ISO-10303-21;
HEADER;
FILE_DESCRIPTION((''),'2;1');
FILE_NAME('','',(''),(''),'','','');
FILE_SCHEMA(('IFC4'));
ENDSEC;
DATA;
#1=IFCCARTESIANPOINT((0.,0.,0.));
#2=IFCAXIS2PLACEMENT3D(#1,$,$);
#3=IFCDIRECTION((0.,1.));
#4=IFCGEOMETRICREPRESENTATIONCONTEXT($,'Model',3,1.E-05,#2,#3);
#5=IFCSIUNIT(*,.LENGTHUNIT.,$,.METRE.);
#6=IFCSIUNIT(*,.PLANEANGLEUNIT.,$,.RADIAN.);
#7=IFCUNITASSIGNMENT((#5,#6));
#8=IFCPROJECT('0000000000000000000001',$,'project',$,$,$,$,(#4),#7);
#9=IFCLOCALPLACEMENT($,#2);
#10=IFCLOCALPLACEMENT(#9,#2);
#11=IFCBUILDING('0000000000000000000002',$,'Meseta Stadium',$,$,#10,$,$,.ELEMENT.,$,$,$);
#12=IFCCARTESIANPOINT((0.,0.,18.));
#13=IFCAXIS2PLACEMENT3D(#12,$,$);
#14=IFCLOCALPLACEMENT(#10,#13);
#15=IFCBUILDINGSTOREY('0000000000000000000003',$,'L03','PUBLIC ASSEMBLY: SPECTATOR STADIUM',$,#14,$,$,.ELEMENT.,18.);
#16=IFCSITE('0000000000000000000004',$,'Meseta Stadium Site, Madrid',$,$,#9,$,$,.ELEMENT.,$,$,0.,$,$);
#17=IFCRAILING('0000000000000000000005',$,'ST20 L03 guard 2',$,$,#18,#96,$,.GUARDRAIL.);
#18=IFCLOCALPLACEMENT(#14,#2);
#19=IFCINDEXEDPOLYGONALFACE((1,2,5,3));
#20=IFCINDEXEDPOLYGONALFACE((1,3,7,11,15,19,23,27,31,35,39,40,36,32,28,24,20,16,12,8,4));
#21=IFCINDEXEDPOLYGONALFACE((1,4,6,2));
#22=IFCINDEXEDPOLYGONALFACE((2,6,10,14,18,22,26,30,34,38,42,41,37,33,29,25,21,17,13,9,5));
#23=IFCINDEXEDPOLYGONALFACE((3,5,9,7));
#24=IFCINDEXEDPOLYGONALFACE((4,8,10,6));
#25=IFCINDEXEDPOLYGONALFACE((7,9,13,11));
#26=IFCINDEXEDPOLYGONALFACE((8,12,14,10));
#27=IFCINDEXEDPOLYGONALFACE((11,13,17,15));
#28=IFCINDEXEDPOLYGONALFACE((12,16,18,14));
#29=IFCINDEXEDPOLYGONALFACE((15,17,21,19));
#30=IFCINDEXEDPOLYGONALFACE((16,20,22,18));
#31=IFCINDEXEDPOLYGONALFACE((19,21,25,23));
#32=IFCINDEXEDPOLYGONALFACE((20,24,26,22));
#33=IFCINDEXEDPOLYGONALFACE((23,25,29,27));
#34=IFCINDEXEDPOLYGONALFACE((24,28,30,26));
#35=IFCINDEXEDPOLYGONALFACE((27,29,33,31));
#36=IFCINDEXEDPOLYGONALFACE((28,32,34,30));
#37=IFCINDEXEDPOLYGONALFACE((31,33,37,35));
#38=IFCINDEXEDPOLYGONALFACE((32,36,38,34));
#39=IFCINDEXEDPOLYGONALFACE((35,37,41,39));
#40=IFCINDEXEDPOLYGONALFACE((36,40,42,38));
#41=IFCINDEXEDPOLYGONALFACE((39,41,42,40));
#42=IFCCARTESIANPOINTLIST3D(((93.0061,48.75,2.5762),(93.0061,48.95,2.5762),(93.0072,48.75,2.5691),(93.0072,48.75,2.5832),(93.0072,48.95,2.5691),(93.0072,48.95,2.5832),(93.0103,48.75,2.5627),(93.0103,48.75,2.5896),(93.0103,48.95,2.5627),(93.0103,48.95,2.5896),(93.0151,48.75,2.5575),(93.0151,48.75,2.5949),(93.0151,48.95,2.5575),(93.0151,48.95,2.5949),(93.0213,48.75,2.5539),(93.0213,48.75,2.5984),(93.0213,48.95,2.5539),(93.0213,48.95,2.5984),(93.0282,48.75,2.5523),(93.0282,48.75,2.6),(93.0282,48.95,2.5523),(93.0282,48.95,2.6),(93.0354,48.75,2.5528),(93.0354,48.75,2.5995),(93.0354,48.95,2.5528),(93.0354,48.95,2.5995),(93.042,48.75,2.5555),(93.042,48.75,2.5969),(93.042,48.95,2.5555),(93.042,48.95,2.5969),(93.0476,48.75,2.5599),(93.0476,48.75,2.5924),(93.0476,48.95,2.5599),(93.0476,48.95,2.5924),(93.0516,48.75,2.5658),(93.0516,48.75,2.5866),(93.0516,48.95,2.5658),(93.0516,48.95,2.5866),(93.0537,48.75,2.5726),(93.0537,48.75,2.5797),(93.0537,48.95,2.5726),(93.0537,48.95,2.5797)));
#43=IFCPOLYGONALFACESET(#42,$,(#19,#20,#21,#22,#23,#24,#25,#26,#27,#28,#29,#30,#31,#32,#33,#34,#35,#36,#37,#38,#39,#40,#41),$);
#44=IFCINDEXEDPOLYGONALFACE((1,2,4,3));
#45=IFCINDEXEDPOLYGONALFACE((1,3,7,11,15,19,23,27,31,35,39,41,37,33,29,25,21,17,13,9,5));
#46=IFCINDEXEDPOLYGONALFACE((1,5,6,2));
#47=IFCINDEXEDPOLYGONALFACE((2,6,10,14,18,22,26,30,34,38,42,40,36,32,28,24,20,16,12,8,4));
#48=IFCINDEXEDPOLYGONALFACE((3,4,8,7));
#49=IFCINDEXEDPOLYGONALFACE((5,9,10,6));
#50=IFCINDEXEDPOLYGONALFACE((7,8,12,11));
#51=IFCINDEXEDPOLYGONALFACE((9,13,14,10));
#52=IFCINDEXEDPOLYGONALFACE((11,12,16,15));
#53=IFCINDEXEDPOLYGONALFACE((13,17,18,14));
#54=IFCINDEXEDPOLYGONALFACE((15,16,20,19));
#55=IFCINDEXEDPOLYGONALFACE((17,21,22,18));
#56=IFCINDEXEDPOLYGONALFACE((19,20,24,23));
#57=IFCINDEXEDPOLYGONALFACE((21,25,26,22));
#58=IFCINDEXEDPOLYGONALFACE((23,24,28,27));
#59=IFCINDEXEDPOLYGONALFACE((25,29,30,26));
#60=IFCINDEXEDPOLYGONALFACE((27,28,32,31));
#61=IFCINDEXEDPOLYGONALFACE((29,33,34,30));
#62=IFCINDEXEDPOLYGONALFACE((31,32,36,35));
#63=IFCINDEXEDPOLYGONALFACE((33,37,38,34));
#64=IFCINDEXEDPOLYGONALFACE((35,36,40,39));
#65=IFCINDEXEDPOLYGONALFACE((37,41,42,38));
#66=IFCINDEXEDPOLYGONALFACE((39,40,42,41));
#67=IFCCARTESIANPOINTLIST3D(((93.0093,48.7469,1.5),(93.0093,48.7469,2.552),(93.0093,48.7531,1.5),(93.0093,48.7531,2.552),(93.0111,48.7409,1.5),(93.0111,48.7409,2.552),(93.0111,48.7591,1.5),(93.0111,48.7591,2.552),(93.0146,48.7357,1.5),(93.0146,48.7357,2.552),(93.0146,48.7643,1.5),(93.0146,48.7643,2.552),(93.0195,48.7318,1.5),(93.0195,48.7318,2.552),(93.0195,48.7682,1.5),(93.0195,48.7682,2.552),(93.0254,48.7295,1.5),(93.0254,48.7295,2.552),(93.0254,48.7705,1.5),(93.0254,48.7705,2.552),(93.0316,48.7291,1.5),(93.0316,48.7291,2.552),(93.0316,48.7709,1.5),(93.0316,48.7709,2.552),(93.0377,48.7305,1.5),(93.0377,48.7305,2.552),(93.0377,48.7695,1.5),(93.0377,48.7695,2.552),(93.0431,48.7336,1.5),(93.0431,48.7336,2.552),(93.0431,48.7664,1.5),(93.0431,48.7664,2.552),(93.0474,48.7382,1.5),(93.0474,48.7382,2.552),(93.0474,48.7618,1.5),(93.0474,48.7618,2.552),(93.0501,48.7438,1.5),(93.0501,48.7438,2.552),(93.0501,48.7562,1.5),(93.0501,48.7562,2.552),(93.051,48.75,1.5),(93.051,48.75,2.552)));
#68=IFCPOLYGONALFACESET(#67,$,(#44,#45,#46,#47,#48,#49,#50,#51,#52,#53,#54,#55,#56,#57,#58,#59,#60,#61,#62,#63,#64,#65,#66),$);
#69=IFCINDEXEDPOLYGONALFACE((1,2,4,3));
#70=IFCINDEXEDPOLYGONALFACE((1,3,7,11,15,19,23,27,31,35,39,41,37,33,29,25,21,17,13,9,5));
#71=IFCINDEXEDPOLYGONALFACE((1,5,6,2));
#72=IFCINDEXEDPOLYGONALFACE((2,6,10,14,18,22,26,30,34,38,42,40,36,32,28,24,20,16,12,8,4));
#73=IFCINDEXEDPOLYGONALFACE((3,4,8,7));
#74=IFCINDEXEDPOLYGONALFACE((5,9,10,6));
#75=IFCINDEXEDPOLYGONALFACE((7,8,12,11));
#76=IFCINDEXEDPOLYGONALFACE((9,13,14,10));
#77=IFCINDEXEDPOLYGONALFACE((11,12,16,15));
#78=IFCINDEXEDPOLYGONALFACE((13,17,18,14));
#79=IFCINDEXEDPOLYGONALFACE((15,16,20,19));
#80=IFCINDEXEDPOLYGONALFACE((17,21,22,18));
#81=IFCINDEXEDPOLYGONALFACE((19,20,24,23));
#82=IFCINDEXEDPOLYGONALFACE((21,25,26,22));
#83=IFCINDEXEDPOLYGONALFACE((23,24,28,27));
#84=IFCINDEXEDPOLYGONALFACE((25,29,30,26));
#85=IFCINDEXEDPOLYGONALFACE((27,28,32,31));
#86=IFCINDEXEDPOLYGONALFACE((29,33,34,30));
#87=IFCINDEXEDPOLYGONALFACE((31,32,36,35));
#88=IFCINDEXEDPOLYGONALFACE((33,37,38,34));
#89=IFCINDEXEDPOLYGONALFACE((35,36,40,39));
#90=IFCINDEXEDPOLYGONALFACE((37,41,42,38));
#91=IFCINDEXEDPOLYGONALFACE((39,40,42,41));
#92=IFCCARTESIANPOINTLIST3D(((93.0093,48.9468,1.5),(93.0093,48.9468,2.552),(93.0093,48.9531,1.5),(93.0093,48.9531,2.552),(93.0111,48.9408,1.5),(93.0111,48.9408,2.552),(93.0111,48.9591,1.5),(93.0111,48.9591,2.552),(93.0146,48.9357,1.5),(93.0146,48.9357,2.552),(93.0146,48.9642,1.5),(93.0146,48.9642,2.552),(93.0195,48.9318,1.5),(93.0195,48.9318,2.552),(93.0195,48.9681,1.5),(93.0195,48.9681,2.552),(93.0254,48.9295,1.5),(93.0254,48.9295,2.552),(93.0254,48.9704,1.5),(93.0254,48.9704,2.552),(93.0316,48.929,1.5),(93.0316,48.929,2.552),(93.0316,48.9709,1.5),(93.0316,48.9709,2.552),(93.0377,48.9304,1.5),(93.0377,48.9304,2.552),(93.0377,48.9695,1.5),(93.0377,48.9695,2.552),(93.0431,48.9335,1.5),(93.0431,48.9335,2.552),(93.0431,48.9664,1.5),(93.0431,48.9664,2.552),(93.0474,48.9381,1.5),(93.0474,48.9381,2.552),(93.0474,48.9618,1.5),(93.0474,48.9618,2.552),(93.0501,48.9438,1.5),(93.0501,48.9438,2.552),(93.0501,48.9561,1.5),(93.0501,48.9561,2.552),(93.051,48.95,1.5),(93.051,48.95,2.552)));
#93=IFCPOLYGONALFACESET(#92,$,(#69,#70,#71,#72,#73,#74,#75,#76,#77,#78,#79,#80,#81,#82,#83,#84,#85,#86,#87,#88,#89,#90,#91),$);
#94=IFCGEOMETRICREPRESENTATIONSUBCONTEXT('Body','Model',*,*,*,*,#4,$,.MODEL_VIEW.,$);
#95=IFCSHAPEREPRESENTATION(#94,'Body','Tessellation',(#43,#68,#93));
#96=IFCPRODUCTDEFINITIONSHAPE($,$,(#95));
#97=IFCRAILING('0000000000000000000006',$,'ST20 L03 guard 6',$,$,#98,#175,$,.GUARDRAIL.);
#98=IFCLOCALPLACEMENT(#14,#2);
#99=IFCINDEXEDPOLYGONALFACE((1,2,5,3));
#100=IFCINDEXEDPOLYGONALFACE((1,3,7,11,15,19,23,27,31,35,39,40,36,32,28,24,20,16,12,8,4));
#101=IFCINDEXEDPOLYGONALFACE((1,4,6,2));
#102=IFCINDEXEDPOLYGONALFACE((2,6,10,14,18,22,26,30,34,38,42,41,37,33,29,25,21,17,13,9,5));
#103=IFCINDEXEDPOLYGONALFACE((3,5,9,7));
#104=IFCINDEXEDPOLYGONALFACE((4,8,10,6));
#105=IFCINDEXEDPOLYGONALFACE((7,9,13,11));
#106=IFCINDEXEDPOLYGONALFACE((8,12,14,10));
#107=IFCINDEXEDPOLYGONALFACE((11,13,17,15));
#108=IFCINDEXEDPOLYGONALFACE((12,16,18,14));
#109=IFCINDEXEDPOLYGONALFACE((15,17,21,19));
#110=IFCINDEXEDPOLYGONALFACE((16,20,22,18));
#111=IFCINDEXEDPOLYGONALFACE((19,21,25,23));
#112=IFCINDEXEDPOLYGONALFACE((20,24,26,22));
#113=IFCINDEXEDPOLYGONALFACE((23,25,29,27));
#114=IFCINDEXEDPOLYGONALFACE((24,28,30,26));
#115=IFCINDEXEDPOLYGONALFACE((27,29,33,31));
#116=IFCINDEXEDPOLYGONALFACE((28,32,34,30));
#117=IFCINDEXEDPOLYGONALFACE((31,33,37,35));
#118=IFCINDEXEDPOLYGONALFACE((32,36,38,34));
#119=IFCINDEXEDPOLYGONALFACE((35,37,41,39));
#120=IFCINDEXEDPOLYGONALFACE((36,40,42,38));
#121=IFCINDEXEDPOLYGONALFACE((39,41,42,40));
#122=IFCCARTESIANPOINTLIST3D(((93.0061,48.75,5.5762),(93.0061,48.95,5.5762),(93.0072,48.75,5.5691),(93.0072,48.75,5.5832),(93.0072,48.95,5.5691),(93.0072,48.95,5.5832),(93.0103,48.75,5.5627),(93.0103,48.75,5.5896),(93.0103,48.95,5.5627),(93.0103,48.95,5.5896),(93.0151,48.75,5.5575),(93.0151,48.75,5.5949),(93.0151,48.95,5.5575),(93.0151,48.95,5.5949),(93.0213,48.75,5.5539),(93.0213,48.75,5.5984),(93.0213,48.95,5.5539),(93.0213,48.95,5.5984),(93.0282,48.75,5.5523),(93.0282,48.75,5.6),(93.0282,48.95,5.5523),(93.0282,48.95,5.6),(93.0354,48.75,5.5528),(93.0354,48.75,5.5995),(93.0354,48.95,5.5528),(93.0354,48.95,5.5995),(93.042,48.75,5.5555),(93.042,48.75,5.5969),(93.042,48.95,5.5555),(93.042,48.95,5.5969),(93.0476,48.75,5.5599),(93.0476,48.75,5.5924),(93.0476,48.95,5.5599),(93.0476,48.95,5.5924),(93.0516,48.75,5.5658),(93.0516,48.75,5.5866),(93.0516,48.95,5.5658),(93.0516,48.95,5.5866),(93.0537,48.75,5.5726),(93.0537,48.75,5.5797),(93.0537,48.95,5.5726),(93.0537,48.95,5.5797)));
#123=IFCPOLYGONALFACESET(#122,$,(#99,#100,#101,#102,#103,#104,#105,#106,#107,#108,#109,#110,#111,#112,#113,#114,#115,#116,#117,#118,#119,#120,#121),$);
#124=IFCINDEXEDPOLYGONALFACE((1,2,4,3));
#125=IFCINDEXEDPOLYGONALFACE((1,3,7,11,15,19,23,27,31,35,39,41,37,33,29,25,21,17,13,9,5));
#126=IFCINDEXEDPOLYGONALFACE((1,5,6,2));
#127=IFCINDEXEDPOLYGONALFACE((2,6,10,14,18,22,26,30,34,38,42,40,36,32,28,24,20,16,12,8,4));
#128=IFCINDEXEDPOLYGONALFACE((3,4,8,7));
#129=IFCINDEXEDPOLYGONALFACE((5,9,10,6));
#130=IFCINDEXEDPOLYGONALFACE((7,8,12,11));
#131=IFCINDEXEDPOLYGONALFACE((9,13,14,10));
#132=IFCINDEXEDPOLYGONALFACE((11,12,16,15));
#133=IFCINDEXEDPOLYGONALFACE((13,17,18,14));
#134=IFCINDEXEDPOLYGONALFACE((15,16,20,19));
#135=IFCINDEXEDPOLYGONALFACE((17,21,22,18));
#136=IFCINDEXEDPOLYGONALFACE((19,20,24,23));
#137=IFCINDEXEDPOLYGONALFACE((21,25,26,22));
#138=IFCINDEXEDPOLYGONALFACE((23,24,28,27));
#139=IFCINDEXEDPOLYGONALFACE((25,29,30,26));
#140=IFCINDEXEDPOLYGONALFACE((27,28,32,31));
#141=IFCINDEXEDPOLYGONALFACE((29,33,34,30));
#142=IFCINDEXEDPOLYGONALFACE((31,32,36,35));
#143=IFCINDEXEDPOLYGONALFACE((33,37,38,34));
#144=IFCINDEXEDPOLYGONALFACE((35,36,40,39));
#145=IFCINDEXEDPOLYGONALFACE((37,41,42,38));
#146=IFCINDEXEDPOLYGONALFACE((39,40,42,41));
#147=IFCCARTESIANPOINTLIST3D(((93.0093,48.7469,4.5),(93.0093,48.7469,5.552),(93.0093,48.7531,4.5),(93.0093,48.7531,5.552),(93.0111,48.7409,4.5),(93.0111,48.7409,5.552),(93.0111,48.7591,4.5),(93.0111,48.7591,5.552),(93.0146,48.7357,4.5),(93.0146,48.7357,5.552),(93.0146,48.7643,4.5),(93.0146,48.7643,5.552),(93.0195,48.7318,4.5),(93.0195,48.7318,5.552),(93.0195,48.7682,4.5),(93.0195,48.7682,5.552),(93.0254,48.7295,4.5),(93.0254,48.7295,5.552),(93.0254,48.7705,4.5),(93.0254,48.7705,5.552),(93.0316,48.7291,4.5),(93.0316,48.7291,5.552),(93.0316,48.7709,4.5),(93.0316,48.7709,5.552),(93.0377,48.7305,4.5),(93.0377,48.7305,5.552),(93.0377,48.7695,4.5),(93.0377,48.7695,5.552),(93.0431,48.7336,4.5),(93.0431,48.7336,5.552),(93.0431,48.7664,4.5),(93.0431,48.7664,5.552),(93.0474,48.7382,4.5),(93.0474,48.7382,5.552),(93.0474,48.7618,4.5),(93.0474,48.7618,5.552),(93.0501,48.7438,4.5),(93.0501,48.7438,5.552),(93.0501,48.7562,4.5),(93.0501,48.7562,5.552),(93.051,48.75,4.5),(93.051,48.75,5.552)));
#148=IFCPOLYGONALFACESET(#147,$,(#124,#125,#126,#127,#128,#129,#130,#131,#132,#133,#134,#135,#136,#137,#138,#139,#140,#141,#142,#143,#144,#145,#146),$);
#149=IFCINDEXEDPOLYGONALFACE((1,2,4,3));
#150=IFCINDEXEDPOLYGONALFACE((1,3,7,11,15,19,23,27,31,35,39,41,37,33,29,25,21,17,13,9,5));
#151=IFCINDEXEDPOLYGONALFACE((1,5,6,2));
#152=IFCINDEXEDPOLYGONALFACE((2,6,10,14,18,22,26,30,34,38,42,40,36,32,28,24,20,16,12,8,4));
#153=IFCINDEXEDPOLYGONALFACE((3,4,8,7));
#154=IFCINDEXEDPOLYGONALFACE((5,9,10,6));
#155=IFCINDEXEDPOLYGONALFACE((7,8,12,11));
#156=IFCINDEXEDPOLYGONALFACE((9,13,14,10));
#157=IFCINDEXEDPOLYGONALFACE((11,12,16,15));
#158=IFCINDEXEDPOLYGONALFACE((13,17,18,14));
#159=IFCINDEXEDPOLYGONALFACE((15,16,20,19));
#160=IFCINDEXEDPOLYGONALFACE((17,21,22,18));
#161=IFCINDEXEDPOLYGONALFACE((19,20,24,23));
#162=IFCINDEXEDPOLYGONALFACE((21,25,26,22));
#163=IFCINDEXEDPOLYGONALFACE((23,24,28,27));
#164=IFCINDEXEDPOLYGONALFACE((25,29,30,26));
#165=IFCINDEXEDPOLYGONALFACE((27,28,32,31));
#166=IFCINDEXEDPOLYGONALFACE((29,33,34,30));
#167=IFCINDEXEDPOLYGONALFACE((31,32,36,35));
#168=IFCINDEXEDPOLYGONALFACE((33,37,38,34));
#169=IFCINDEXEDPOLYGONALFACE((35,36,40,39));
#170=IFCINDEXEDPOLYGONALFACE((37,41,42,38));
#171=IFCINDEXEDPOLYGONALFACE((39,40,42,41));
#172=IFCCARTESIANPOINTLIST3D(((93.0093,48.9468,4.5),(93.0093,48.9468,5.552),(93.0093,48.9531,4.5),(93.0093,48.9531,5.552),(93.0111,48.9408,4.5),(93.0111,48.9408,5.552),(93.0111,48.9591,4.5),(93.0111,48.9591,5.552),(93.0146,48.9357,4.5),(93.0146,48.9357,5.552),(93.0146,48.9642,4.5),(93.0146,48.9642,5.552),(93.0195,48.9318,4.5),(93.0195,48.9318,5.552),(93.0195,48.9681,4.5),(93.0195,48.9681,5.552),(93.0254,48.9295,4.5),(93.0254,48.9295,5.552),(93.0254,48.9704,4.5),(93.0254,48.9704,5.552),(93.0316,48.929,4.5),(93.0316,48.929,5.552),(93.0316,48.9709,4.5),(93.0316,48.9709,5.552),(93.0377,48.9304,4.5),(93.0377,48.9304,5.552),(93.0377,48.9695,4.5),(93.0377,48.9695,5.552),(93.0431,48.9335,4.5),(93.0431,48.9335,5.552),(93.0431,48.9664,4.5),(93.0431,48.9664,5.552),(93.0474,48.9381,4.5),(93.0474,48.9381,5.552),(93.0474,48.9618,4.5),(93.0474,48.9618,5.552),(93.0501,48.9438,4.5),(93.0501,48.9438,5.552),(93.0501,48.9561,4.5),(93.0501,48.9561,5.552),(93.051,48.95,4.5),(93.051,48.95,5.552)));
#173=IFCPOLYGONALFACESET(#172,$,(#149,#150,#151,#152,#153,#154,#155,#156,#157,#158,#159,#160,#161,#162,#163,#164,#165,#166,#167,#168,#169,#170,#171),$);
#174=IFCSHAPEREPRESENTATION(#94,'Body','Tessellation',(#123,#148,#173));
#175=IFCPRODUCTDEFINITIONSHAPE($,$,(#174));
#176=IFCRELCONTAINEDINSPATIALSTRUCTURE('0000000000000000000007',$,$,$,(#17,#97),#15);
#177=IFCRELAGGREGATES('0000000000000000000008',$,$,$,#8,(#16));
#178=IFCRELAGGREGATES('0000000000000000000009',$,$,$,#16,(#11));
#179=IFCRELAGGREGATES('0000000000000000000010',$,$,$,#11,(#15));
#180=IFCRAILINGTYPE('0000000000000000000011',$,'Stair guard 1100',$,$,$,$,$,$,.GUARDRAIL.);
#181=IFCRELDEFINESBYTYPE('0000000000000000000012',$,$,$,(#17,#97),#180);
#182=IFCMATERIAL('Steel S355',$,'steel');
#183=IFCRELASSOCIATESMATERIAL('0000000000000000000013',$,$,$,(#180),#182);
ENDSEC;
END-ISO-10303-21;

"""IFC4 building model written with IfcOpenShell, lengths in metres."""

from ifc_helpers import new_model, si_unit, direction, frame, origin, origin_2d, place, context, subcontext, project, spatial, circle, extrude, material, type_object, element, save


model = new_model("IFC4")

# Units and contexts
model_context = context("Model", 3, precision=1e-05, world=origin(), true_north=direction((0.0, 1.0)))
body_context = subcontext(model_context, "Body", "Model", "MODEL_VIEW")
ifc_project = project(units=[si_unit("LENGTHUNIT", "METRE"), si_unit("PLANEANGLEUNIT", "RADIAN")], contexts=[model_context])

# Site, building, storey
site_placement = place(None, origin())
site = spatial("IfcSite", under=ifc_project, at=site_placement, Name="Meseta Stadium Site, Madrid", CompositionType="ELEMENT", RefElevation=0.0)
building_placement = place(site_placement, origin())
building = spatial("IfcBuilding", under=site, at=building_placement, Name="Meseta Stadium", CompositionType="ELEMENT")
storey_placement = place(building_placement, frame((0.0, 0.0, 18.0)))
storey = spatial("IfcBuildingStorey", under=building, at=storey_placement, Name="L03", Description="PUBLIC ASSEMBLY: SPECTATOR STADIUM", CompositionType="ELEMENT", Elevation=18.0)

# Railings
ifc_material_1 = material(Name="Steel S355", Category="steel")
railing_type_1 = type_object("IfcRailingType", Name="Stair guard 1100", PredefinedType="GUARDRAIL", material=ifc_material_1)
for number, where, name in (
    (1, (93.03, 48.75, 1.5), "ST20 L03 guard 2"),
    (2, (93.03, 48.75, 4.5), "ST20 L03 guard 6"),
):
    element("IfcRailing", number, at=place(storey_placement, frame(where)), inside=storey, type_object=railing_type_1, Name=name, PredefinedType="GUARDRAIL", context=body_context, shape_type="SweptSolid", body=[
        extrude(circle(Radius=0.0239, at=origin_2d()), frame((0.0, 0.0, 1.0762), z_axis=(0.0, 1.0, 0.0), x_axis=(-1.0, 0.0, 0.0)), (0.0, 0.0, 1.0), 0.2),
        extrude(circle(Radius=0.021, at=origin_2d()), origin(), (0.0, 0.0, 1.0), 1.052),
        extrude(circle(Radius=0.021, at=origin_2d()), frame((0.0, 0.2, 0.0)), (0.0, 0.0, 1.0), 1.052),
    ])

save(model, "model.ifc")
